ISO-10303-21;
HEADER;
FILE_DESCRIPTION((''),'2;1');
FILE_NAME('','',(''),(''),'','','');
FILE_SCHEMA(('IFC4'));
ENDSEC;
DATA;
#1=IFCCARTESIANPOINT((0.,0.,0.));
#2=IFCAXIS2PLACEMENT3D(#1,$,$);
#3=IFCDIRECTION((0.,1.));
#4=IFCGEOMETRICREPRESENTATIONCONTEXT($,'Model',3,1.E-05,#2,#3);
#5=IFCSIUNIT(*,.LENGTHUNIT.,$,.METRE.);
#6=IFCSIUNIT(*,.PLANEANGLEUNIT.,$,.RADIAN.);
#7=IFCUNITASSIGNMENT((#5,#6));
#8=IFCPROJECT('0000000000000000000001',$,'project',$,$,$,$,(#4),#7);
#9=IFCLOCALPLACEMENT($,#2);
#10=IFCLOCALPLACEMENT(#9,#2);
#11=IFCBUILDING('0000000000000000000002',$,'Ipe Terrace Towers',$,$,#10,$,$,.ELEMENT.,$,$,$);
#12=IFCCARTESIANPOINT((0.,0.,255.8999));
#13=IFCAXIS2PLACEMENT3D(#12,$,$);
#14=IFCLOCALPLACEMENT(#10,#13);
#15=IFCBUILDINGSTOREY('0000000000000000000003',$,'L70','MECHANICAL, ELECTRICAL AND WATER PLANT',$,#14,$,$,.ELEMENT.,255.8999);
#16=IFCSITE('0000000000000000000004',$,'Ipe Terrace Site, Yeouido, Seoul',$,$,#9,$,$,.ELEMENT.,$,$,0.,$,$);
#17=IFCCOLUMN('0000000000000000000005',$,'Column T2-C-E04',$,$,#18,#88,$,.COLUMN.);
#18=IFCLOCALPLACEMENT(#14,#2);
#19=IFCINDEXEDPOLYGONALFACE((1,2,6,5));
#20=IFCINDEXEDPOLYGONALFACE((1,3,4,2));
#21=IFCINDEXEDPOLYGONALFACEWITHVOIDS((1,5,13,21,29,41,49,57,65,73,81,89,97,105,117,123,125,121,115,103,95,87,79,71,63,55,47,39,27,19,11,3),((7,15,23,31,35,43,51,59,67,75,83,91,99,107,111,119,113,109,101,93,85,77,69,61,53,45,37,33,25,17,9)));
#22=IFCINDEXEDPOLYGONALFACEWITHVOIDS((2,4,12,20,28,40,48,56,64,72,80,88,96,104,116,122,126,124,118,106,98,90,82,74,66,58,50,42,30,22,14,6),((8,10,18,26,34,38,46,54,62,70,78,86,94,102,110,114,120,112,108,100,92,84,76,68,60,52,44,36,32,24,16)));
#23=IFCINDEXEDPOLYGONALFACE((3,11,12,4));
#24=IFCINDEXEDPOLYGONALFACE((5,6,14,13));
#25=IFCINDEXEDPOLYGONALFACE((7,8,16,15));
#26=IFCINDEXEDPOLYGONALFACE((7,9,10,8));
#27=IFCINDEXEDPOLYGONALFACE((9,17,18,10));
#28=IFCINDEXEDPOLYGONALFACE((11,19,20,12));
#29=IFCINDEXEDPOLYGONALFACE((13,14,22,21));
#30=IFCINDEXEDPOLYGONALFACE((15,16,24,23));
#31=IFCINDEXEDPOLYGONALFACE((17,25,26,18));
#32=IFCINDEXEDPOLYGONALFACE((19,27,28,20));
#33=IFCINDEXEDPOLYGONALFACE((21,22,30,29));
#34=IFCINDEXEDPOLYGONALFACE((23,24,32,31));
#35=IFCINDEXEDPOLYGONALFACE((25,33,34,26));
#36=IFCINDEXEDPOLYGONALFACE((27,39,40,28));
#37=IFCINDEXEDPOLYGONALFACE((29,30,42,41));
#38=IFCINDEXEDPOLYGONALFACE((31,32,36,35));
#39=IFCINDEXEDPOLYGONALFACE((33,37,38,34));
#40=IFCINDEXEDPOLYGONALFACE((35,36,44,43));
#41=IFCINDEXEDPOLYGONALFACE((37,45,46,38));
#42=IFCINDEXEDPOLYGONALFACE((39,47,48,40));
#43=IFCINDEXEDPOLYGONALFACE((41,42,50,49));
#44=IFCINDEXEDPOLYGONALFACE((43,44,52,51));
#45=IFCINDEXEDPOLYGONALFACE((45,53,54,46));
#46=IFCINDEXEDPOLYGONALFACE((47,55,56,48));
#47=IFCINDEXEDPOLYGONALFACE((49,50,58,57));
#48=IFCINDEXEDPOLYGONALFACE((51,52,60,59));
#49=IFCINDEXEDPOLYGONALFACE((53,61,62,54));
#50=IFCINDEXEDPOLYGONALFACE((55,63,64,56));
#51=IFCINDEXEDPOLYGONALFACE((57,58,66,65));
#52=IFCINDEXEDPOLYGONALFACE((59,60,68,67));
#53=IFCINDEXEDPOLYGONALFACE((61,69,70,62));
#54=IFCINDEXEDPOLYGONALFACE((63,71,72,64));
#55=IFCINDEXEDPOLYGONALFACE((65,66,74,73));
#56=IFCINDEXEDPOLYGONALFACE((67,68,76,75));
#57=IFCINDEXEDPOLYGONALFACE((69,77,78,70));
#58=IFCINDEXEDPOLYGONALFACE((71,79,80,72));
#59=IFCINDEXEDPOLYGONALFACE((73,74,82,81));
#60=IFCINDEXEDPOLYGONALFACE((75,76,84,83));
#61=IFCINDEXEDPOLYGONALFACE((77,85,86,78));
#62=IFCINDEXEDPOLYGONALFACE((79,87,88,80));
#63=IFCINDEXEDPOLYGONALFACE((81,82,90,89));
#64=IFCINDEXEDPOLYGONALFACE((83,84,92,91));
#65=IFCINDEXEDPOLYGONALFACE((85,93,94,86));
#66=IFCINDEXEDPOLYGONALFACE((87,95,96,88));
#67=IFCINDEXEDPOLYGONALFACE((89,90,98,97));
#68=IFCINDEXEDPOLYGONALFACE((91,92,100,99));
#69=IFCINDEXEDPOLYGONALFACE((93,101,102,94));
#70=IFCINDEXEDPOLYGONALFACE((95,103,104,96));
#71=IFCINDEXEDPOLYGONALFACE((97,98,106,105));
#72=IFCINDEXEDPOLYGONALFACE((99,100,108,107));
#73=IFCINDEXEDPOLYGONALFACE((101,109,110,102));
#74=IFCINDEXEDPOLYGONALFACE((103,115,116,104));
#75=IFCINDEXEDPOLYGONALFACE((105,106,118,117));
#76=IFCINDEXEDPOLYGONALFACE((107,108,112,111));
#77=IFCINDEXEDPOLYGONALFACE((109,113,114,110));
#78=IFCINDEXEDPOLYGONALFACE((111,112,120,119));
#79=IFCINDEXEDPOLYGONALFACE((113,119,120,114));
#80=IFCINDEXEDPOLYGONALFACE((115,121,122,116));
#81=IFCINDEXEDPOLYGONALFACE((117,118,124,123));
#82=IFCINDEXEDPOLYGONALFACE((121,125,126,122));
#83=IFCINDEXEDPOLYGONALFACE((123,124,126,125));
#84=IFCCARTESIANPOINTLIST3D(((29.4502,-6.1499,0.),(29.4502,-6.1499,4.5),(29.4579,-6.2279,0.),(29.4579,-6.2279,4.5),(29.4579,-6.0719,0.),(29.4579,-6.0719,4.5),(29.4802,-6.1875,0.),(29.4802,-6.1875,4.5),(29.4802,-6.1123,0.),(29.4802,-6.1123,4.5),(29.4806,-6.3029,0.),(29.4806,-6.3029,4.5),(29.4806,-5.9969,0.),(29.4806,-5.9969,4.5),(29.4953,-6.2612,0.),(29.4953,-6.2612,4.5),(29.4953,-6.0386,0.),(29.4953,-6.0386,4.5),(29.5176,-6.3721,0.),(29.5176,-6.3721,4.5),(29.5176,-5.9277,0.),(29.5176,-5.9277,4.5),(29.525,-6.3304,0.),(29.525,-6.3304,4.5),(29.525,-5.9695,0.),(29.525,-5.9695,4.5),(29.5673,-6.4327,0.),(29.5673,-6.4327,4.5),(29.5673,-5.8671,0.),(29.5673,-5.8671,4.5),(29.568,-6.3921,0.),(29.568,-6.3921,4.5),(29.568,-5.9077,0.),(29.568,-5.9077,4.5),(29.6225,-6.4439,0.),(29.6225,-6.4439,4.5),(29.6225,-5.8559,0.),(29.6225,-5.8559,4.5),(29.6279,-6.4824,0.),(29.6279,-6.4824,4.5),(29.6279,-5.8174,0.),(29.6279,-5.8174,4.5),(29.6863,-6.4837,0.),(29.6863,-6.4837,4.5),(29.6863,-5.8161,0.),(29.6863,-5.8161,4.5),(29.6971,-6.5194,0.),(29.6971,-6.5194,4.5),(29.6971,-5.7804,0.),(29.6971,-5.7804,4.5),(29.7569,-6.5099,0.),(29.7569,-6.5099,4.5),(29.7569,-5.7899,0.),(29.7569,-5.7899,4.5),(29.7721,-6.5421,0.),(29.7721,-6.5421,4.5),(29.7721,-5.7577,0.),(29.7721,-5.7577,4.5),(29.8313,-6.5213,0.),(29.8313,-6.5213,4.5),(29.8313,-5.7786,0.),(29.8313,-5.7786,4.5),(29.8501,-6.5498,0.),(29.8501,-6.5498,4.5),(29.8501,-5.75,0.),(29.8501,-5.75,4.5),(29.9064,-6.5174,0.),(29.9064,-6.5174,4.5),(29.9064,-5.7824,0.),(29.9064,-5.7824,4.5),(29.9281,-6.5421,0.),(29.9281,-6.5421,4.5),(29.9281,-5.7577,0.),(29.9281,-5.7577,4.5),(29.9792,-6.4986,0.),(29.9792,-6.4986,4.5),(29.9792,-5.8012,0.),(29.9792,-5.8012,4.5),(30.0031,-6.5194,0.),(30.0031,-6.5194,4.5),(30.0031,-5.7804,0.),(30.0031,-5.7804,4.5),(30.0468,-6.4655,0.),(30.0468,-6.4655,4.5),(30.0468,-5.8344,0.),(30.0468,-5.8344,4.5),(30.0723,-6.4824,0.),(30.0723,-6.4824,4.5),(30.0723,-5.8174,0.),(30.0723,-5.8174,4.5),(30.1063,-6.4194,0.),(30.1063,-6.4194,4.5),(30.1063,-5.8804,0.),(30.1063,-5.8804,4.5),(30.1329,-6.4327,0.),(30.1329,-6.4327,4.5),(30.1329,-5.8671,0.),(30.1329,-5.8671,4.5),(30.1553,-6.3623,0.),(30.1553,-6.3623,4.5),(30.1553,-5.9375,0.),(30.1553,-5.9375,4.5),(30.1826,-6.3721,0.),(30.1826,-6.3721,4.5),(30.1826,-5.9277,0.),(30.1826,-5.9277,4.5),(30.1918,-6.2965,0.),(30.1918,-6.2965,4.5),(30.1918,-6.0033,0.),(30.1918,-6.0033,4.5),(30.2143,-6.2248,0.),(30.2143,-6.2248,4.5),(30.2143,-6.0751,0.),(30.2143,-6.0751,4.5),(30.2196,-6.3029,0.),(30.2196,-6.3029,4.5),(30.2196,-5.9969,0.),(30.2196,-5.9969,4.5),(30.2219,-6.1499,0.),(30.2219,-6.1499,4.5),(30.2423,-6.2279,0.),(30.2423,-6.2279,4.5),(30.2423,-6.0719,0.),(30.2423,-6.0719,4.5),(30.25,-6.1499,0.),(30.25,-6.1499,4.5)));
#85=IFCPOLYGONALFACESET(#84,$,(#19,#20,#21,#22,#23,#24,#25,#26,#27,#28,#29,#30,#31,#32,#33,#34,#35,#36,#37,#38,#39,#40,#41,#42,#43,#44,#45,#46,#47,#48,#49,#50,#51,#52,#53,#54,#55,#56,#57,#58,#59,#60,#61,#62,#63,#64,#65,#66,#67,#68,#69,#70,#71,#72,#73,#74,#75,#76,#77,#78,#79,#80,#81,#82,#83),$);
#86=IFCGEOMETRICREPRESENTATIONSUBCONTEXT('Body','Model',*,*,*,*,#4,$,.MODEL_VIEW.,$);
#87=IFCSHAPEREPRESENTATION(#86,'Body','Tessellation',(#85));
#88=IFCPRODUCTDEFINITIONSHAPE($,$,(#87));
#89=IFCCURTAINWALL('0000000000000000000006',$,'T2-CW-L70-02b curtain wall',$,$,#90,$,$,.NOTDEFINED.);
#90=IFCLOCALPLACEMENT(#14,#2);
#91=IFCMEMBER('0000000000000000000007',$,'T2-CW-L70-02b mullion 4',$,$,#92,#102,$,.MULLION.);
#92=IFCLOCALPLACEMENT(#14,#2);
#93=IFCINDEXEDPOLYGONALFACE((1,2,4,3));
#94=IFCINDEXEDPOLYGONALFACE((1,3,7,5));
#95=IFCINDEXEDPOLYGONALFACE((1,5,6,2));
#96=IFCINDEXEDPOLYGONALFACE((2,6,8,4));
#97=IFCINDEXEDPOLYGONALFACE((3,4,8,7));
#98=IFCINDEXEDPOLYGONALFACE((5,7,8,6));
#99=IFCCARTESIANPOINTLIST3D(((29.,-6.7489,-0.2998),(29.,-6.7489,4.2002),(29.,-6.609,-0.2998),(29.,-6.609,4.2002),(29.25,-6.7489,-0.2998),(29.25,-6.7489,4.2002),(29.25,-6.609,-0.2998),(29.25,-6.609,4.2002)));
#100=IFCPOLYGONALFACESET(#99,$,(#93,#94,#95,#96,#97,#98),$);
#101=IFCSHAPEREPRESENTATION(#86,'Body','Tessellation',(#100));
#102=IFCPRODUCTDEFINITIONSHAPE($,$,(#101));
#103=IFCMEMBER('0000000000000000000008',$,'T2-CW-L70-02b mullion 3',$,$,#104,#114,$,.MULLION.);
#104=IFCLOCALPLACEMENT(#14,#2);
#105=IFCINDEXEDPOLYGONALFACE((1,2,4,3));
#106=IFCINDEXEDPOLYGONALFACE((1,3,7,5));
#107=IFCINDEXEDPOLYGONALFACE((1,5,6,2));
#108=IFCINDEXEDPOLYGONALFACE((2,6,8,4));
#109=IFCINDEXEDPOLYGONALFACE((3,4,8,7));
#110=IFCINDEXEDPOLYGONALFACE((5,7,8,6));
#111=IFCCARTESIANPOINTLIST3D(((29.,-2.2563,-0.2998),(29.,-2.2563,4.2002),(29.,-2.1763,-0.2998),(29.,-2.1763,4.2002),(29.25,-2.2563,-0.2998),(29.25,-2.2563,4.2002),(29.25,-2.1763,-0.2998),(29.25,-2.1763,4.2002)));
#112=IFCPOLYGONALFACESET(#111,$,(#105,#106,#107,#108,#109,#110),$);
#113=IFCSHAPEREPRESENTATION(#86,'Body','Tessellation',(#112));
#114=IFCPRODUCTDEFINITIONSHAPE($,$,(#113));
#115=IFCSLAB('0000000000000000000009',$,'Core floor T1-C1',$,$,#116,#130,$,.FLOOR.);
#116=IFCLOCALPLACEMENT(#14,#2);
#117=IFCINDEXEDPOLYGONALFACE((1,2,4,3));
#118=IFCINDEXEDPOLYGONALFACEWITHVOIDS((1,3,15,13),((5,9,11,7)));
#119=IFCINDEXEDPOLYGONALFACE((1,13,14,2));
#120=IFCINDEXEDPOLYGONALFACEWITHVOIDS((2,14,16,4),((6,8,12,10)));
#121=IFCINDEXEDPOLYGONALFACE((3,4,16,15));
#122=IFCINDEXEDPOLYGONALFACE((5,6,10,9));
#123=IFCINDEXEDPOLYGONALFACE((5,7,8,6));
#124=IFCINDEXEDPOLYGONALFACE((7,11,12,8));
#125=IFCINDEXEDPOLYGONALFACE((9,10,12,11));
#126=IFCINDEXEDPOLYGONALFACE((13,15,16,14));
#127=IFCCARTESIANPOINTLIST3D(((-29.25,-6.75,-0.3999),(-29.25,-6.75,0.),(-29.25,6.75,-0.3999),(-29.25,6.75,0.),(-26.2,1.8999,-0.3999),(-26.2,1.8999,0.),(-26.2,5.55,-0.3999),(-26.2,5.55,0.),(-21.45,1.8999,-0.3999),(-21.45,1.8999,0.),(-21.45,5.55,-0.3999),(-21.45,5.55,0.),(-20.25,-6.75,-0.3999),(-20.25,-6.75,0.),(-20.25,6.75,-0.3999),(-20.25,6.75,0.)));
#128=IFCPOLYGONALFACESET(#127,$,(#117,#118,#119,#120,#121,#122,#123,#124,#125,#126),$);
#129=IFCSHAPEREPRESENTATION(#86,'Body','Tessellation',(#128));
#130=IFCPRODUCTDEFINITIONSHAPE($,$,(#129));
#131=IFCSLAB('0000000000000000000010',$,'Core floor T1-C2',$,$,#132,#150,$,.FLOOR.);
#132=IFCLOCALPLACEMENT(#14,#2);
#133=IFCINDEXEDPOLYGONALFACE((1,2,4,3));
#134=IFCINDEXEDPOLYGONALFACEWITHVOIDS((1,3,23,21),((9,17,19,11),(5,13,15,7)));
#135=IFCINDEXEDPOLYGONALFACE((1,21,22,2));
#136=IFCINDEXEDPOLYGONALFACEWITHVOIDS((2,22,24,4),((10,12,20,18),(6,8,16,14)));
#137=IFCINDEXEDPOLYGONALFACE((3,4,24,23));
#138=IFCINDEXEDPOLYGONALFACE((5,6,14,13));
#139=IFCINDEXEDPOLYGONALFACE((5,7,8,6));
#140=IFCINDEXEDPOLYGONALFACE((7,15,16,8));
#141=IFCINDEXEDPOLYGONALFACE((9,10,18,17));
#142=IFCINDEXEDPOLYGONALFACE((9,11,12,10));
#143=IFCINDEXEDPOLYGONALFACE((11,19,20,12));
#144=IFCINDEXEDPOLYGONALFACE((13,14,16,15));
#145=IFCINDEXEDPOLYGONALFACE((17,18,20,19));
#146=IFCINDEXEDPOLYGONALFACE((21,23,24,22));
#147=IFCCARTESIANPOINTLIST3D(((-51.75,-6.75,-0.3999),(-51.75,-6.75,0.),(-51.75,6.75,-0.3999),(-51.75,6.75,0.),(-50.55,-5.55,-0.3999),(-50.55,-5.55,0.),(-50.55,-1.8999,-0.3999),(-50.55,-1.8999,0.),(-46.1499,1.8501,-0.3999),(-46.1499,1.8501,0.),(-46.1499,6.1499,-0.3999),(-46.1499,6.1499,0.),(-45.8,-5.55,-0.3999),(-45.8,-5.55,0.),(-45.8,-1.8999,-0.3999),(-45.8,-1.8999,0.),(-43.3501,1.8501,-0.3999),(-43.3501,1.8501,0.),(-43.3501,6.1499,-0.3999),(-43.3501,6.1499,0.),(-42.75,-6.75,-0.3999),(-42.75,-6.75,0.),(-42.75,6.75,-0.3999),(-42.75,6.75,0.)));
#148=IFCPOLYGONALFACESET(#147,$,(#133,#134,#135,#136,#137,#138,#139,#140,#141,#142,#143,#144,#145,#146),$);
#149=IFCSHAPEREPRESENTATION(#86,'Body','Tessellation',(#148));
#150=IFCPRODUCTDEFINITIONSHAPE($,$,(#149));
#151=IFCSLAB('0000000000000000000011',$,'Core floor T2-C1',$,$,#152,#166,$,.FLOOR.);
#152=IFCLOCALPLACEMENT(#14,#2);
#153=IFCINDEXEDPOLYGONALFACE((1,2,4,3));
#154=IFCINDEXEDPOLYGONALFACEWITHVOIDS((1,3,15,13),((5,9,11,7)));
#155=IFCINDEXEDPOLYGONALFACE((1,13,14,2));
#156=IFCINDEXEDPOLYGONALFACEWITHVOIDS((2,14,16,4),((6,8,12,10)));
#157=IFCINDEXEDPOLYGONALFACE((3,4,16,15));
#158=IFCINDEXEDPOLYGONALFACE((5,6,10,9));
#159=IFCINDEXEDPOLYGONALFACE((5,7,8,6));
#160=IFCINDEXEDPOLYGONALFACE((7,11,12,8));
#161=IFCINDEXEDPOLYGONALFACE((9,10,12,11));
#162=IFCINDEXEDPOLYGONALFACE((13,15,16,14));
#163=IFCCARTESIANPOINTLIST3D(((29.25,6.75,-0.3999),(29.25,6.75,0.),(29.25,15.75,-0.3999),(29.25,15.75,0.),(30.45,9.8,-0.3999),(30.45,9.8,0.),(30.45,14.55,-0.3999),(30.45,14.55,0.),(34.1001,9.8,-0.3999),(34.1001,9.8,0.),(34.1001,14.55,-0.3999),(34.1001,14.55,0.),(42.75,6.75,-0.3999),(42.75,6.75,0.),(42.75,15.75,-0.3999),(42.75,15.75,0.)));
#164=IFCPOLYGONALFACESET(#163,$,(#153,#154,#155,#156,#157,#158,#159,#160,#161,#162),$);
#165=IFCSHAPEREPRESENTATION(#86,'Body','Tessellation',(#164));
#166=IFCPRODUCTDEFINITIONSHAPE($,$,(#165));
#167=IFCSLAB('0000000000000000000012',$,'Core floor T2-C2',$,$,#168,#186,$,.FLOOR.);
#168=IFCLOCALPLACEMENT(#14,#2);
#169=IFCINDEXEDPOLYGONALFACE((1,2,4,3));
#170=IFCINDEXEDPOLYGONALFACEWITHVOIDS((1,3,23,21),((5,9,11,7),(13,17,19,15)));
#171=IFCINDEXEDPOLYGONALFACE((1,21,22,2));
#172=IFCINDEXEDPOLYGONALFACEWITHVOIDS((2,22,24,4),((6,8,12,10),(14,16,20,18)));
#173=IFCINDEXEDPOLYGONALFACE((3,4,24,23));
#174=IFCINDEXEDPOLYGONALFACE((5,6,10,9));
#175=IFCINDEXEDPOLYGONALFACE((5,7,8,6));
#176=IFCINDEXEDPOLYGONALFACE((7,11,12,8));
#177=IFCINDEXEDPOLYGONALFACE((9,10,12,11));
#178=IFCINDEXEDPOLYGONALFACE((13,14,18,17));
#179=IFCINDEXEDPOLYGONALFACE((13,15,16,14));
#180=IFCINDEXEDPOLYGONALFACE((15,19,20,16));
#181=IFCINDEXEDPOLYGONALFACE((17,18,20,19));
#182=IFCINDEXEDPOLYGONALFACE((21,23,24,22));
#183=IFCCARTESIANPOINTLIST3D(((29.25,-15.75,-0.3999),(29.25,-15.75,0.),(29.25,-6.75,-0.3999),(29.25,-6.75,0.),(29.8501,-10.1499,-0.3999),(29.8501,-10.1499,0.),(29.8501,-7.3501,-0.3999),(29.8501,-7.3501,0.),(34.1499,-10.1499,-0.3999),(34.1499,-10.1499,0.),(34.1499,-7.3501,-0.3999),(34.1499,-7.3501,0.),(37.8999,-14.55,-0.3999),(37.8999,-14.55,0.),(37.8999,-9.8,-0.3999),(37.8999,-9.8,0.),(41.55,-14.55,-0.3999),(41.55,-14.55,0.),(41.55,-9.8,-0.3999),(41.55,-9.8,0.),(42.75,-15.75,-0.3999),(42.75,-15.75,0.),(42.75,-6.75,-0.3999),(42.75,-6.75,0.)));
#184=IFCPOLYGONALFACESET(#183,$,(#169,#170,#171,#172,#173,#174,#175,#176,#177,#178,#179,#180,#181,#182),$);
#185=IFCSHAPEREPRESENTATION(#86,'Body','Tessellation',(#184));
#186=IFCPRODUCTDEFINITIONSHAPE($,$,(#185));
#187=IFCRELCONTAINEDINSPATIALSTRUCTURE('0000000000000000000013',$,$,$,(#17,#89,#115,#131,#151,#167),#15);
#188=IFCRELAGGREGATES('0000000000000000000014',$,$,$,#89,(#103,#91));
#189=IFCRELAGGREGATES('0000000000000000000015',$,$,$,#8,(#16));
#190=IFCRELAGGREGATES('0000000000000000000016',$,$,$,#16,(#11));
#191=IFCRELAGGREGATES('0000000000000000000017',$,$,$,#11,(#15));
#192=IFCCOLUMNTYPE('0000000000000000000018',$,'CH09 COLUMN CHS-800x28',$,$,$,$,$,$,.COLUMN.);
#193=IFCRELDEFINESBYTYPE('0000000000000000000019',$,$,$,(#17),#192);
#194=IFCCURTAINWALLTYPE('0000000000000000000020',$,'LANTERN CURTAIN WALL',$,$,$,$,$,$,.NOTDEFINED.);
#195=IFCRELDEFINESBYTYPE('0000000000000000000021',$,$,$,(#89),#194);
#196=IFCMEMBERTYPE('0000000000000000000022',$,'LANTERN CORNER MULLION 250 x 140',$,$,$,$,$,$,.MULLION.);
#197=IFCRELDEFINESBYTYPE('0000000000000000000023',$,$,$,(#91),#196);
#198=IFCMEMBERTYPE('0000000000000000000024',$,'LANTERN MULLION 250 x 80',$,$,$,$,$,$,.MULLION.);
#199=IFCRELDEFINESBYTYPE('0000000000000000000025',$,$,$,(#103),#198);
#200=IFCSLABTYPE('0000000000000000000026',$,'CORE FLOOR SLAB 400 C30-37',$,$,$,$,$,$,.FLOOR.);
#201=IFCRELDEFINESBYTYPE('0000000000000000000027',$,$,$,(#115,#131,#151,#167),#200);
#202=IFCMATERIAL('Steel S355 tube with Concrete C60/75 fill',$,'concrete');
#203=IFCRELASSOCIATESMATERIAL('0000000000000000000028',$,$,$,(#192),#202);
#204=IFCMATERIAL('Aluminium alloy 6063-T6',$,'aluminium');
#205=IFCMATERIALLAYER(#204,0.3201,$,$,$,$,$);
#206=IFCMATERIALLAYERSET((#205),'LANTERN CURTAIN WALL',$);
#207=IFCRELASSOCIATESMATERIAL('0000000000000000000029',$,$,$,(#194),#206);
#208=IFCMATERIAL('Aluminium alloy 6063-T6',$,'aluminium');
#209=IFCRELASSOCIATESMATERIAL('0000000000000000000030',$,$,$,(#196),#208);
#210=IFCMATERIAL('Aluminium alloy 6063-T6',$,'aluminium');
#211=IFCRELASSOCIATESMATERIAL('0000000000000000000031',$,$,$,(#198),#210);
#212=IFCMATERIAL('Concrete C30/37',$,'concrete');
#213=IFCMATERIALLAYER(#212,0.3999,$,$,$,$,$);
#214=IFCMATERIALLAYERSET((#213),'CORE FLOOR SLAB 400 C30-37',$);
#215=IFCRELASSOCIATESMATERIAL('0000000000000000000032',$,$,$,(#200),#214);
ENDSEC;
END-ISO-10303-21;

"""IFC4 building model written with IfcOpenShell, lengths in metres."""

from ifc_helpers import new_model, si_unit, direction, frame, origin, origin_2d, place, context, subcontext, project, spatial, polyline, rectangle, hollow_circle, outline, extrude, material, layer, layer_set, material_profile, profile_set, type_object, element, aggregate, save


model = new_model("IFC4")

# Units and contexts
model_context = context("Model", 3, precision=1e-05, world=origin(), true_north=direction((0.0, 1.0)))
body_context = subcontext(model_context, "Body", "Model", "MODEL_VIEW")
ifc_project = project(units=[si_unit("LENGTHUNIT", "METRE"), si_unit("PLANEANGLEUNIT", "RADIAN")], contexts=[model_context])

# Site, building, storey
site_placement = place(None, origin())
site = spatial("IfcSite", under=ifc_project, at=site_placement, Name="Ipe Terrace Site, Yeouido, Seoul", CompositionType="ELEMENT", RefElevation=0.0)
building_placement = place(site_placement, origin())
building = spatial("IfcBuilding", under=site, at=building_placement, Name="Ipe Terrace Towers", CompositionType="ELEMENT")
storey_placement = place(building_placement, frame((0.0, 0.0, 255.8999)))
storey = spatial("IfcBuildingStorey", under=building, at=storey_placement, Name="L70", Description="MECHANICAL, ELECTRICAL AND WATER PLANT", CompositionType="ELEMENT", Elevation=255.8999)

# Column
ifc_material_1 = material(Name="Steel S355 tube with Concrete C60/75 fill", Category="concrete")
ifc_material_profile_1 = material_profile(ifc_material_1, hollow_circle(Radius=0.3999, WallThickness=0.0281, at=origin_2d()), Name="CHS-800x28")
ifc_profile_set_1 = profile_set([ifc_material_profile_1], Name="Steel S355 tube with Concrete C60/75 fill")
column_type = type_object("IfcColumnType", Name="CH09 COLUMN CHS-800x28", PredefinedType="COLUMN", material=ifc_profile_set_1)
column_placement = place(storey_placement, frame((29.8501, -6.1499, 0.0), z_axis=(0.0, 0.0, 1.0), x_axis=(1.0, 0.0, 0.0)))
element("IfcColumn", 1, at=column_placement, inside=storey, type_object=column_type, Name="Column T2-C-E04", PredefinedType="COLUMN", context=body_context, shape_type="SweptSolid", body=[
    extrude(hollow_circle(Radius=0.3999, WallThickness=0.0281, at=origin_2d()), origin(), (0.0, 0.0, 1.0), 4.5),
])

# Curtain wall, members
ifc_material_2 = material(Name="Aluminium alloy 6063-T6", Category="aluminium")
ifc_layer_1 = layer(ifc_material_2, 0.3201)
ifc_layer_set_1 = layer_set([ifc_layer_1], Name="LANTERN CURTAIN WALL")
curtain_wall_type = type_object("IfcCurtainWallType", Name="LANTERN CURTAIN WALL", PredefinedType="NOTDEFINED", material=ifc_layer_set_1)
curtain_wall_placement = place(storey_placement, origin())
curtain_wall = element("IfcCurtainWall", 2, at=curtain_wall_placement, inside=storey, type_object=curtain_wall_type, Name="T2-CW-L70-02b curtain wall", PredefinedType="NOTDEFINED")
ifc_material_3 = material(Name="Aluminium alloy 6063-T6", Category="aluminium")
ifc_material_profile_2 = material_profile(ifc_material_3, rectangle(XDim=0.25, YDim=0.1399, at=origin_2d()), Name="LANTERN CORNER MULLION 250 x 140")
ifc_profile_set_2 = profile_set([ifc_material_profile_2], Name="Aluminium alloy 6063-T6")
member_type_1 = type_object("IfcMemberType", Name="LANTERN CORNER MULLION 250 x 140", PredefinedType="MULLION", material=ifc_profile_set_2)
member_1_placement = place(storey_placement, frame((29.125, -6.679, -0.2998), z_axis=(0.0, 0.0, 1.0), x_axis=(-1.0, 0.0, 0.0)))
member_1 = element("IfcMember", 3, at=member_1_placement, type_object=member_type_1, Name="T2-CW-L70-02b mullion 4", PredefinedType="MULLION", context=body_context, shape_type="SweptSolid", body=[
    extrude(rectangle(XDim=0.25, YDim=0.1399, at=origin_2d()), origin(), (0.0, 0.0, 1.0), 4.5),
])
ifc_material_4 = material(Name="Aluminium alloy 6063-T6", Category="aluminium")
ifc_material_profile_3 = material_profile(ifc_material_4, rectangle(XDim=0.25, YDim=0.0801, at=origin_2d()), Name="LANTERN MULLION 250 x 80")
ifc_profile_set_3 = profile_set([ifc_material_profile_3], Name="Aluminium alloy 6063-T6")
member_type_2 = type_object("IfcMemberType", Name="LANTERN MULLION 250 x 80", PredefinedType="MULLION", material=ifc_profile_set_3)
member_2_placement = place(storey_placement, frame((29.125, -2.2163, -0.2998), z_axis=(0.0, 0.0, 1.0), x_axis=(-1.0, 0.0, 0.0)))
member_2 = element("IfcMember", 4, at=member_2_placement, type_object=member_type_2, Name="T2-CW-L70-02b mullion 3", PredefinedType="MULLION", context=body_context, shape_type="SweptSolid", body=[
    extrude(rectangle(XDim=0.25, YDim=0.0801, at=origin_2d()), origin(), (0.0, 0.0, 1.0), 4.5),
])

# Slabs
ifc_material_5 = material(Name="Concrete C30/37", Category="concrete")
ifc_layer_2 = layer(ifc_material_5, 0.3999)
ifc_layer_set_2 = layer_set([ifc_layer_2], Name="CORE FLOOR SLAB 400 C30-37")
slab_type_1 = type_object("IfcSlabType", Name="CORE FLOOR SLAB 400 C30-37", PredefinedType="FLOOR", material=ifc_layer_set_2)
slab_1_placement = place(storey_placement, frame((0.0, 0.0, -0.3999)))
element("IfcSlab", 5, at=slab_1_placement, inside=storey, type_object=slab_type_1, Name="Core floor T1-C1", PredefinedType="FLOOR", context=body_context, shape_type="SweptSolid", body=[
    extrude(outline(polyline([(-29.25, -6.75), (-29.25, 6.75), (-20.25, 6.75), (-20.25, -6.75), (-29.25, -6.75)]), holes=[polyline([(-21.45, 1.8999), (-21.45, 5.55), (-26.2, 5.55), (-26.2, 1.8999), (-21.45, 1.8999)])]), origin(), (0.0, 0.0, 1.0), 0.3999),
])
slab_2_placement = place(storey_placement, frame((0.0, 0.0, -0.3999)))
element("IfcSlab", 6, at=slab_2_placement, inside=storey, type_object=slab_type_1, Name="Core floor T1-C2", PredefinedType="FLOOR", context=body_context, shape_type="SweptSolid", body=[
    extrude(outline(polyline([(-51.75, -6.75), (-51.75, 6.75), (-42.75, 6.75), (-42.75, -6.75), (-51.75, -6.75)]), holes=[polyline([(-45.8, -1.8999), (-50.55, -1.8999), (-50.55, -5.55), (-45.8, -5.55), (-45.8, -1.8999)]), polyline([(-43.3501, 6.1499), (-46.1499, 6.1499), (-46.1499, 1.8501), (-43.3501, 1.8501), (-43.3501, 6.1499)])]), origin(), (0.0, 0.0, 1.0), 0.3999),
])
slab_3_placement = place(storey_placement, frame((0.0, 0.0, -0.3999)))
element("IfcSlab", 7, at=slab_3_placement, inside=storey, type_object=slab_type_1, Name="Core floor T2-C1", PredefinedType="FLOOR", context=body_context, shape_type="SweptSolid", body=[
    extrude(outline(polyline([(29.25, 6.75), (29.25, 15.75), (42.75, 15.75), (42.75, 6.75), (29.25, 6.75)]), holes=[polyline([(34.1001, 14.55), (30.45, 14.55), (30.45, 9.8), (34.1001, 9.8), (34.1001, 14.55)])]), origin(), (0.0, 0.0, 1.0), 0.3999),
])
slab_4_placement = place(storey_placement, frame((0.0, 0.0, -0.3999)))
element("IfcSlab", 8, at=slab_4_placement, inside=storey, type_object=slab_type_1, Name="Core floor T2-C2", PredefinedType="FLOOR", context=body_context, shape_type="SweptSolid", body=[
    extrude(outline(polyline([(29.25, -15.75), (29.25, -6.75), (42.75, -6.75), (42.75, -15.75), (29.25, -15.75)]), holes=[polyline([(37.8999, -9.8), (37.8999, -14.55), (41.55, -14.55), (41.55, -9.8), (37.8999, -9.8)]), polyline([(29.8501, -7.3501), (29.8501, -10.1499), (34.1499, -10.1499), (34.1499, -7.3501), (29.8501, -7.3501)])]), origin(), (0.0, 0.0, 1.0), 0.3999),
])

aggregate(curtain_wall, [member_2, member_1])

save(model, "model.ifc")
